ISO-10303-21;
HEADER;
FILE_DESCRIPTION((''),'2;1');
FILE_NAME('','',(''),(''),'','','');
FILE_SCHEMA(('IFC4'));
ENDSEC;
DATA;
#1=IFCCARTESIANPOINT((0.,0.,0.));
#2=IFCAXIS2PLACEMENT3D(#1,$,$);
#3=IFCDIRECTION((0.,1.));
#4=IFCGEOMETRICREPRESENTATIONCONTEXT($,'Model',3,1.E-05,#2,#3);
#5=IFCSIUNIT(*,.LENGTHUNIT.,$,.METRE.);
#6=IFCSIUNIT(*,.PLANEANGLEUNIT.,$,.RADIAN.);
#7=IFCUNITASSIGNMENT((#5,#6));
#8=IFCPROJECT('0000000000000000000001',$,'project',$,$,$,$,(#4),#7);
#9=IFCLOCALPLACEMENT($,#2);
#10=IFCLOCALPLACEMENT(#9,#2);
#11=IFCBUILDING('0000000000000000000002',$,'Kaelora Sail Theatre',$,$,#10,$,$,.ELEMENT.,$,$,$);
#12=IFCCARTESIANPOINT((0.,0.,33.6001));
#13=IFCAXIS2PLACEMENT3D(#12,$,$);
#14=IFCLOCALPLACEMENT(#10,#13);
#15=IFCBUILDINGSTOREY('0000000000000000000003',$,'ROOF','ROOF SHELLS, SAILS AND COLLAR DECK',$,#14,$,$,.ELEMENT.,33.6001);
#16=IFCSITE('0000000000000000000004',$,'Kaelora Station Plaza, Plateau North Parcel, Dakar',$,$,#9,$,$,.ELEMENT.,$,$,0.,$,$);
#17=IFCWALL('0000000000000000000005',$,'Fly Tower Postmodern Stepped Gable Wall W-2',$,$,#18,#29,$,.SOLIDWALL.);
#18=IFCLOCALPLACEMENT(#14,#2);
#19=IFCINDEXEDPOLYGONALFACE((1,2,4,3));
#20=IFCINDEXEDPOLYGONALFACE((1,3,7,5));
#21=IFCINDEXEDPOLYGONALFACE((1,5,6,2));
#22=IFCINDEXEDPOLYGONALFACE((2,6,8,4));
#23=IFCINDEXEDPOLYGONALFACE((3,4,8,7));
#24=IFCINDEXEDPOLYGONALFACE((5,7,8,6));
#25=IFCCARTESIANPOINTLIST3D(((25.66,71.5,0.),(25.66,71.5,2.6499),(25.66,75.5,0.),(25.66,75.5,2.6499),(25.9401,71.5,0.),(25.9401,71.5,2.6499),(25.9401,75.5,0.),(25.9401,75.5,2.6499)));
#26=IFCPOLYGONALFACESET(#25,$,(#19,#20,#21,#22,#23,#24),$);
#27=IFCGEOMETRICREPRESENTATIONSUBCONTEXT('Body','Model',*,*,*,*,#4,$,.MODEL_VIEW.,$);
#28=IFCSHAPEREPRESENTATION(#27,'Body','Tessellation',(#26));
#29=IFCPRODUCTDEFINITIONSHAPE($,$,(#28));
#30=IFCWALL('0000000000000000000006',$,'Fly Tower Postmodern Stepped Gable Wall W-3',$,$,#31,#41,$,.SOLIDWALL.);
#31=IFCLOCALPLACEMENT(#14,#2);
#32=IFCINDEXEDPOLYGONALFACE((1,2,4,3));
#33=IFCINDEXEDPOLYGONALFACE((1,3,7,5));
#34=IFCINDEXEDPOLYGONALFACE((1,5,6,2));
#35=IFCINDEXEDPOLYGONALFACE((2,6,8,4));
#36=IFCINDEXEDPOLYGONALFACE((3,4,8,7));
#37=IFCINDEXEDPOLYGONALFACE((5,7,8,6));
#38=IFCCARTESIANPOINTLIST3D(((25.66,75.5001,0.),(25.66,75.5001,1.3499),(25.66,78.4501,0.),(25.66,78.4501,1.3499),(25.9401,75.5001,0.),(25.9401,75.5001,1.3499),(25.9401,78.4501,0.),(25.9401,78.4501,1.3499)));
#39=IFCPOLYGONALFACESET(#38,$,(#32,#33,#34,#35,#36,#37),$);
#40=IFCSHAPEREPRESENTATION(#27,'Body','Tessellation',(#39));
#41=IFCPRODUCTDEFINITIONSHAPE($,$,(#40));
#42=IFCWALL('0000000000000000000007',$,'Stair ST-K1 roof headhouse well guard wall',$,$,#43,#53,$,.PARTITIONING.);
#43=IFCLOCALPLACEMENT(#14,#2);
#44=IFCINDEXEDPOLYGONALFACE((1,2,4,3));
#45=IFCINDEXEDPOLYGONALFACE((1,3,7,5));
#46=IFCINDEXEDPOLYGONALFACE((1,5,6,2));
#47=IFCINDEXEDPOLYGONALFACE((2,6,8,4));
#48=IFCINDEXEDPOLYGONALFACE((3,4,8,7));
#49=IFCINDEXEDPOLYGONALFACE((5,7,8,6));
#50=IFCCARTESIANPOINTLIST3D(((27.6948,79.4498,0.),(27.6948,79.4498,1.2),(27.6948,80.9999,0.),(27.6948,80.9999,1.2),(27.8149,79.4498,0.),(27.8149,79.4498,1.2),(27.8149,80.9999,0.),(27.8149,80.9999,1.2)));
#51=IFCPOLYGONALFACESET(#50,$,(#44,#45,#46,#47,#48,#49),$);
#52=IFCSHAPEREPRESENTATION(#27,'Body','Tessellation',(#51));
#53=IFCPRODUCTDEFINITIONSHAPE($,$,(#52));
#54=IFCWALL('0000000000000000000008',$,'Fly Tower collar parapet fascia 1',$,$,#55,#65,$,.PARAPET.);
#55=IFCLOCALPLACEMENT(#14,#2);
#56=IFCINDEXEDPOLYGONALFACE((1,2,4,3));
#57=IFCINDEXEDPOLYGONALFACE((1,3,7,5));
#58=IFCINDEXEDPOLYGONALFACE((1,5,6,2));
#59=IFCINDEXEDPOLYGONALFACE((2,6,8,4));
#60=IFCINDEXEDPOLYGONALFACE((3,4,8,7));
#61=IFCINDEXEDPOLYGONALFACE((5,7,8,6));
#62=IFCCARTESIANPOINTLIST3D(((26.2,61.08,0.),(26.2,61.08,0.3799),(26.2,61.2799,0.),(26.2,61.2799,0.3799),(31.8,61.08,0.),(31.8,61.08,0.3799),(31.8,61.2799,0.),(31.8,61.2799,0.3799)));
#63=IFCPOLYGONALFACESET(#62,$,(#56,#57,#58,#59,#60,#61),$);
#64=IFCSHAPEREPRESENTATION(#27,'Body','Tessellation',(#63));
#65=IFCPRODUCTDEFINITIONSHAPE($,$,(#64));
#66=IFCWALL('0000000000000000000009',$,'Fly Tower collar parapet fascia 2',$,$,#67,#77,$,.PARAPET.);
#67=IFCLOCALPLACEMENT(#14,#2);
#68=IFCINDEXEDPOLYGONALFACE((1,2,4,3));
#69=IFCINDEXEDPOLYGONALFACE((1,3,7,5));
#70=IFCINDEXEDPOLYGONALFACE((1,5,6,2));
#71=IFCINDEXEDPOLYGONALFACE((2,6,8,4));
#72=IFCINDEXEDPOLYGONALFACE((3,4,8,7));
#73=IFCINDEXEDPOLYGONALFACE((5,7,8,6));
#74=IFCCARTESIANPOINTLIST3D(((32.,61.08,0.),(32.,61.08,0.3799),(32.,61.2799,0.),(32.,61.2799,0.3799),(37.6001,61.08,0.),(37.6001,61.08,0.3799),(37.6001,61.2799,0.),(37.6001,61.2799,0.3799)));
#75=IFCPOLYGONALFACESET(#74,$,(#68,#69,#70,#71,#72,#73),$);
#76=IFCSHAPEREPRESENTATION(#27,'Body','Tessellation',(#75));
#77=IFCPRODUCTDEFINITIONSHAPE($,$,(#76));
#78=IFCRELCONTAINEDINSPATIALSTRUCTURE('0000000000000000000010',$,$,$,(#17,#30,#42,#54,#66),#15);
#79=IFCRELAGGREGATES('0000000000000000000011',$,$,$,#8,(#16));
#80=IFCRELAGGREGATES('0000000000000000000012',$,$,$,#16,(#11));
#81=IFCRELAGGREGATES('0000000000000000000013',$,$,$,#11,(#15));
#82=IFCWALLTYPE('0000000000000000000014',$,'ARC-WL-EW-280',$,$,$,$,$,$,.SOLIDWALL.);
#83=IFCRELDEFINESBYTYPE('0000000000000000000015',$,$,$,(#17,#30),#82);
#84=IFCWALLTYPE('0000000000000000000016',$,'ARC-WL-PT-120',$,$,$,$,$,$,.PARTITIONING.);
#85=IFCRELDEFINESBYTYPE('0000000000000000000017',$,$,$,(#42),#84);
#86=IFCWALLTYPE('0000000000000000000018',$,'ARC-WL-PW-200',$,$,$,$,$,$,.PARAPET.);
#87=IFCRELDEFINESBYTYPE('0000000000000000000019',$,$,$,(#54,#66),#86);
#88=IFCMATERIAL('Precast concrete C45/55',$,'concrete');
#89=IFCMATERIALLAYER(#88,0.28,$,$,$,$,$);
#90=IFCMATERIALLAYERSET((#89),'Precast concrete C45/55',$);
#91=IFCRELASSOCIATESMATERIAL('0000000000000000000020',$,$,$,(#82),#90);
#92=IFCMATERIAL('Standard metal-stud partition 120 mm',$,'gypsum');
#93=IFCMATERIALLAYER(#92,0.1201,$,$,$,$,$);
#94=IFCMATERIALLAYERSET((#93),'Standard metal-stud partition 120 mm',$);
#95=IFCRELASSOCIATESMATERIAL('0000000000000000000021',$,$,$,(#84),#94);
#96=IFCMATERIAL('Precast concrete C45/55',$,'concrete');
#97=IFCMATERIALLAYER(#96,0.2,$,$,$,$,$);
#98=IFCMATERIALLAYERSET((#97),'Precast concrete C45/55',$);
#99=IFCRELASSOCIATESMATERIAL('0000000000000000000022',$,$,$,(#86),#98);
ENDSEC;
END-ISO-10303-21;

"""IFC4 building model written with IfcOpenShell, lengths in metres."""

from ifc_helpers import new_model, si_unit, direction, frame, frame_2d, origin, place, context, subcontext, project, spatial, rectangle, extrude, material, layer, layer_set, type_object, element, save


model = new_model("IFC4")

# Units and contexts
model_context = context("Model", 3, precision=1e-05, world=origin(), true_north=direction((0.0, 1.0)))
body_context = subcontext(model_context, "Body", "Model", "MODEL_VIEW")
ifc_project = project(units=[si_unit("LENGTHUNIT", "METRE"), si_unit("PLANEANGLEUNIT", "RADIAN")], contexts=[model_context])

# Site, building, storey
site_placement = place(None, origin())
site = spatial("IfcSite", under=ifc_project, at=site_placement, Name="Kaelora Station Plaza, Plateau North Parcel, Dakar", CompositionType="ELEMENT", RefElevation=0.0)
building_placement = place(site_placement, origin())
building = spatial("IfcBuilding", under=site, at=building_placement, Name="Kaelora Sail Theatre", CompositionType="ELEMENT")
storey_placement = place(building_placement, frame((0.0, 0.0, 33.6001)))
storey = spatial("IfcBuildingStorey", under=building, at=storey_placement, Name="ROOF", Description="ROOF SHELLS, SAILS AND COLLAR DECK", CompositionType="ELEMENT", Elevation=33.6001)

# Walls
ifc_material_1 = material(Name="Precast concrete C45/55", Category="concrete")
ifc_layer_1 = layer(ifc_material_1, 0.28)
ifc_layer_set_1 = layer_set([ifc_layer_1], Name="Precast concrete C45/55")
wall_type_1 = type_object("IfcWallType", Name="ARC-WL-EW-280", PredefinedType="SOLIDWALL", material=ifc_layer_set_1)
wall_1_placement = place(storey_placement, frame((25.8, 71.5, 0.0), z_axis=(0.0, 0.0, 1.0), x_axis=(0.0, 1.0, 0.0)))
element("IfcWall", 1, at=wall_1_placement, inside=storey, type_object=wall_type_1, Name="Fly Tower Postmodern Stepped Gable Wall W-2", PredefinedType="SOLIDWALL", context=body_context, shape_type="SweptSolid", body=[
    extrude(rectangle(XDim=4.0, YDim=0.28, at=frame_2d((2.0, 0.0))), origin(), (0.0, 0.0, 1.0), 2.6499),
])
wall_2_placement = place(storey_placement, frame((25.8, 75.5, 0.0), z_axis=(0.0, 0.0, 1.0), x_axis=(0.0, 1.0, 0.0)))
element("IfcWall", 2, at=wall_2_placement, inside=storey, type_object=wall_type_1, Name="Fly Tower Postmodern Stepped Gable Wall W-3", PredefinedType="SOLIDWALL", context=body_context, shape_type="SweptSolid", body=[
    extrude(rectangle(XDim=2.95, YDim=0.28, at=frame_2d((1.4751, 0.0))), origin(), (0.0, 0.0, 1.0), 1.3499),
])
ifc_material_2 = material(Name="Standard metal-stud partition 120 mm", Category="gypsum")
ifc_layer_2 = layer(ifc_material_2, 0.1201)
ifc_layer_set_2 = layer_set([ifc_layer_2], Name="Standard metal-stud partition 120 mm")
wall_type_2 = type_object("IfcWallType", Name="ARC-WL-PT-120", PredefinedType="PARTITIONING", material=ifc_layer_set_2)
wall_3_placement = place(storey_placement, frame((27.7549, 79.45, 0.0), z_axis=(0.0, 0.0, 1.0), x_axis=(0.0, 1.0, 0.0)))
element("IfcWall", 3, at=wall_3_placement, inside=storey, type_object=wall_type_2, Name="Stair ST-K1 roof headhouse well guard wall", PredefinedType="PARTITIONING", context=body_context, shape_type="SweptSolid", body=[
    extrude(rectangle(XDim=1.55, YDim=0.1201, at=frame_2d((0.7749, 0.0))), origin(), (0.0, 0.0, 1.0), 1.2),
])
ifc_material_3 = material(Name="Precast concrete C45/55", Category="concrete")
ifc_layer_3 = layer(ifc_material_3, 0.2)
ifc_layer_set_3 = layer_set([ifc_layer_3], Name="Precast concrete C45/55")
wall_type_3 = type_object("IfcWallType", Name="ARC-WL-PW-200", PredefinedType="PARAPET", material=ifc_layer_set_3)
for number, where, z_axis, x_axis, name in (
    (4, (26.2, 61.1799, 0.0), (0.0, 0.0, 1.0), (1.0, 0.0, 0.0), "Fly Tower collar parapet fascia 1"),
    (5, (32.0, 61.1799, 0.0), (0.0, 0.0, 1.0), (1.0, 0.0, 0.0), "Fly Tower collar parapet fascia 2"),
):
    element("IfcWall", number, at=place(storey_placement, frame(where, z_axis=z_axis, x_axis=x_axis)), inside=storey, type_object=wall_type_3, Name=name, PredefinedType="PARAPET", context=body_context, shape_type="SweptSolid", body=[
        extrude(rectangle(XDim=5.6001, YDim=0.2, at=frame_2d((2.8, 0.0))), origin(), (0.0, 0.0, 1.0), 0.3799),
    ])

save(model, "model.ifc")
